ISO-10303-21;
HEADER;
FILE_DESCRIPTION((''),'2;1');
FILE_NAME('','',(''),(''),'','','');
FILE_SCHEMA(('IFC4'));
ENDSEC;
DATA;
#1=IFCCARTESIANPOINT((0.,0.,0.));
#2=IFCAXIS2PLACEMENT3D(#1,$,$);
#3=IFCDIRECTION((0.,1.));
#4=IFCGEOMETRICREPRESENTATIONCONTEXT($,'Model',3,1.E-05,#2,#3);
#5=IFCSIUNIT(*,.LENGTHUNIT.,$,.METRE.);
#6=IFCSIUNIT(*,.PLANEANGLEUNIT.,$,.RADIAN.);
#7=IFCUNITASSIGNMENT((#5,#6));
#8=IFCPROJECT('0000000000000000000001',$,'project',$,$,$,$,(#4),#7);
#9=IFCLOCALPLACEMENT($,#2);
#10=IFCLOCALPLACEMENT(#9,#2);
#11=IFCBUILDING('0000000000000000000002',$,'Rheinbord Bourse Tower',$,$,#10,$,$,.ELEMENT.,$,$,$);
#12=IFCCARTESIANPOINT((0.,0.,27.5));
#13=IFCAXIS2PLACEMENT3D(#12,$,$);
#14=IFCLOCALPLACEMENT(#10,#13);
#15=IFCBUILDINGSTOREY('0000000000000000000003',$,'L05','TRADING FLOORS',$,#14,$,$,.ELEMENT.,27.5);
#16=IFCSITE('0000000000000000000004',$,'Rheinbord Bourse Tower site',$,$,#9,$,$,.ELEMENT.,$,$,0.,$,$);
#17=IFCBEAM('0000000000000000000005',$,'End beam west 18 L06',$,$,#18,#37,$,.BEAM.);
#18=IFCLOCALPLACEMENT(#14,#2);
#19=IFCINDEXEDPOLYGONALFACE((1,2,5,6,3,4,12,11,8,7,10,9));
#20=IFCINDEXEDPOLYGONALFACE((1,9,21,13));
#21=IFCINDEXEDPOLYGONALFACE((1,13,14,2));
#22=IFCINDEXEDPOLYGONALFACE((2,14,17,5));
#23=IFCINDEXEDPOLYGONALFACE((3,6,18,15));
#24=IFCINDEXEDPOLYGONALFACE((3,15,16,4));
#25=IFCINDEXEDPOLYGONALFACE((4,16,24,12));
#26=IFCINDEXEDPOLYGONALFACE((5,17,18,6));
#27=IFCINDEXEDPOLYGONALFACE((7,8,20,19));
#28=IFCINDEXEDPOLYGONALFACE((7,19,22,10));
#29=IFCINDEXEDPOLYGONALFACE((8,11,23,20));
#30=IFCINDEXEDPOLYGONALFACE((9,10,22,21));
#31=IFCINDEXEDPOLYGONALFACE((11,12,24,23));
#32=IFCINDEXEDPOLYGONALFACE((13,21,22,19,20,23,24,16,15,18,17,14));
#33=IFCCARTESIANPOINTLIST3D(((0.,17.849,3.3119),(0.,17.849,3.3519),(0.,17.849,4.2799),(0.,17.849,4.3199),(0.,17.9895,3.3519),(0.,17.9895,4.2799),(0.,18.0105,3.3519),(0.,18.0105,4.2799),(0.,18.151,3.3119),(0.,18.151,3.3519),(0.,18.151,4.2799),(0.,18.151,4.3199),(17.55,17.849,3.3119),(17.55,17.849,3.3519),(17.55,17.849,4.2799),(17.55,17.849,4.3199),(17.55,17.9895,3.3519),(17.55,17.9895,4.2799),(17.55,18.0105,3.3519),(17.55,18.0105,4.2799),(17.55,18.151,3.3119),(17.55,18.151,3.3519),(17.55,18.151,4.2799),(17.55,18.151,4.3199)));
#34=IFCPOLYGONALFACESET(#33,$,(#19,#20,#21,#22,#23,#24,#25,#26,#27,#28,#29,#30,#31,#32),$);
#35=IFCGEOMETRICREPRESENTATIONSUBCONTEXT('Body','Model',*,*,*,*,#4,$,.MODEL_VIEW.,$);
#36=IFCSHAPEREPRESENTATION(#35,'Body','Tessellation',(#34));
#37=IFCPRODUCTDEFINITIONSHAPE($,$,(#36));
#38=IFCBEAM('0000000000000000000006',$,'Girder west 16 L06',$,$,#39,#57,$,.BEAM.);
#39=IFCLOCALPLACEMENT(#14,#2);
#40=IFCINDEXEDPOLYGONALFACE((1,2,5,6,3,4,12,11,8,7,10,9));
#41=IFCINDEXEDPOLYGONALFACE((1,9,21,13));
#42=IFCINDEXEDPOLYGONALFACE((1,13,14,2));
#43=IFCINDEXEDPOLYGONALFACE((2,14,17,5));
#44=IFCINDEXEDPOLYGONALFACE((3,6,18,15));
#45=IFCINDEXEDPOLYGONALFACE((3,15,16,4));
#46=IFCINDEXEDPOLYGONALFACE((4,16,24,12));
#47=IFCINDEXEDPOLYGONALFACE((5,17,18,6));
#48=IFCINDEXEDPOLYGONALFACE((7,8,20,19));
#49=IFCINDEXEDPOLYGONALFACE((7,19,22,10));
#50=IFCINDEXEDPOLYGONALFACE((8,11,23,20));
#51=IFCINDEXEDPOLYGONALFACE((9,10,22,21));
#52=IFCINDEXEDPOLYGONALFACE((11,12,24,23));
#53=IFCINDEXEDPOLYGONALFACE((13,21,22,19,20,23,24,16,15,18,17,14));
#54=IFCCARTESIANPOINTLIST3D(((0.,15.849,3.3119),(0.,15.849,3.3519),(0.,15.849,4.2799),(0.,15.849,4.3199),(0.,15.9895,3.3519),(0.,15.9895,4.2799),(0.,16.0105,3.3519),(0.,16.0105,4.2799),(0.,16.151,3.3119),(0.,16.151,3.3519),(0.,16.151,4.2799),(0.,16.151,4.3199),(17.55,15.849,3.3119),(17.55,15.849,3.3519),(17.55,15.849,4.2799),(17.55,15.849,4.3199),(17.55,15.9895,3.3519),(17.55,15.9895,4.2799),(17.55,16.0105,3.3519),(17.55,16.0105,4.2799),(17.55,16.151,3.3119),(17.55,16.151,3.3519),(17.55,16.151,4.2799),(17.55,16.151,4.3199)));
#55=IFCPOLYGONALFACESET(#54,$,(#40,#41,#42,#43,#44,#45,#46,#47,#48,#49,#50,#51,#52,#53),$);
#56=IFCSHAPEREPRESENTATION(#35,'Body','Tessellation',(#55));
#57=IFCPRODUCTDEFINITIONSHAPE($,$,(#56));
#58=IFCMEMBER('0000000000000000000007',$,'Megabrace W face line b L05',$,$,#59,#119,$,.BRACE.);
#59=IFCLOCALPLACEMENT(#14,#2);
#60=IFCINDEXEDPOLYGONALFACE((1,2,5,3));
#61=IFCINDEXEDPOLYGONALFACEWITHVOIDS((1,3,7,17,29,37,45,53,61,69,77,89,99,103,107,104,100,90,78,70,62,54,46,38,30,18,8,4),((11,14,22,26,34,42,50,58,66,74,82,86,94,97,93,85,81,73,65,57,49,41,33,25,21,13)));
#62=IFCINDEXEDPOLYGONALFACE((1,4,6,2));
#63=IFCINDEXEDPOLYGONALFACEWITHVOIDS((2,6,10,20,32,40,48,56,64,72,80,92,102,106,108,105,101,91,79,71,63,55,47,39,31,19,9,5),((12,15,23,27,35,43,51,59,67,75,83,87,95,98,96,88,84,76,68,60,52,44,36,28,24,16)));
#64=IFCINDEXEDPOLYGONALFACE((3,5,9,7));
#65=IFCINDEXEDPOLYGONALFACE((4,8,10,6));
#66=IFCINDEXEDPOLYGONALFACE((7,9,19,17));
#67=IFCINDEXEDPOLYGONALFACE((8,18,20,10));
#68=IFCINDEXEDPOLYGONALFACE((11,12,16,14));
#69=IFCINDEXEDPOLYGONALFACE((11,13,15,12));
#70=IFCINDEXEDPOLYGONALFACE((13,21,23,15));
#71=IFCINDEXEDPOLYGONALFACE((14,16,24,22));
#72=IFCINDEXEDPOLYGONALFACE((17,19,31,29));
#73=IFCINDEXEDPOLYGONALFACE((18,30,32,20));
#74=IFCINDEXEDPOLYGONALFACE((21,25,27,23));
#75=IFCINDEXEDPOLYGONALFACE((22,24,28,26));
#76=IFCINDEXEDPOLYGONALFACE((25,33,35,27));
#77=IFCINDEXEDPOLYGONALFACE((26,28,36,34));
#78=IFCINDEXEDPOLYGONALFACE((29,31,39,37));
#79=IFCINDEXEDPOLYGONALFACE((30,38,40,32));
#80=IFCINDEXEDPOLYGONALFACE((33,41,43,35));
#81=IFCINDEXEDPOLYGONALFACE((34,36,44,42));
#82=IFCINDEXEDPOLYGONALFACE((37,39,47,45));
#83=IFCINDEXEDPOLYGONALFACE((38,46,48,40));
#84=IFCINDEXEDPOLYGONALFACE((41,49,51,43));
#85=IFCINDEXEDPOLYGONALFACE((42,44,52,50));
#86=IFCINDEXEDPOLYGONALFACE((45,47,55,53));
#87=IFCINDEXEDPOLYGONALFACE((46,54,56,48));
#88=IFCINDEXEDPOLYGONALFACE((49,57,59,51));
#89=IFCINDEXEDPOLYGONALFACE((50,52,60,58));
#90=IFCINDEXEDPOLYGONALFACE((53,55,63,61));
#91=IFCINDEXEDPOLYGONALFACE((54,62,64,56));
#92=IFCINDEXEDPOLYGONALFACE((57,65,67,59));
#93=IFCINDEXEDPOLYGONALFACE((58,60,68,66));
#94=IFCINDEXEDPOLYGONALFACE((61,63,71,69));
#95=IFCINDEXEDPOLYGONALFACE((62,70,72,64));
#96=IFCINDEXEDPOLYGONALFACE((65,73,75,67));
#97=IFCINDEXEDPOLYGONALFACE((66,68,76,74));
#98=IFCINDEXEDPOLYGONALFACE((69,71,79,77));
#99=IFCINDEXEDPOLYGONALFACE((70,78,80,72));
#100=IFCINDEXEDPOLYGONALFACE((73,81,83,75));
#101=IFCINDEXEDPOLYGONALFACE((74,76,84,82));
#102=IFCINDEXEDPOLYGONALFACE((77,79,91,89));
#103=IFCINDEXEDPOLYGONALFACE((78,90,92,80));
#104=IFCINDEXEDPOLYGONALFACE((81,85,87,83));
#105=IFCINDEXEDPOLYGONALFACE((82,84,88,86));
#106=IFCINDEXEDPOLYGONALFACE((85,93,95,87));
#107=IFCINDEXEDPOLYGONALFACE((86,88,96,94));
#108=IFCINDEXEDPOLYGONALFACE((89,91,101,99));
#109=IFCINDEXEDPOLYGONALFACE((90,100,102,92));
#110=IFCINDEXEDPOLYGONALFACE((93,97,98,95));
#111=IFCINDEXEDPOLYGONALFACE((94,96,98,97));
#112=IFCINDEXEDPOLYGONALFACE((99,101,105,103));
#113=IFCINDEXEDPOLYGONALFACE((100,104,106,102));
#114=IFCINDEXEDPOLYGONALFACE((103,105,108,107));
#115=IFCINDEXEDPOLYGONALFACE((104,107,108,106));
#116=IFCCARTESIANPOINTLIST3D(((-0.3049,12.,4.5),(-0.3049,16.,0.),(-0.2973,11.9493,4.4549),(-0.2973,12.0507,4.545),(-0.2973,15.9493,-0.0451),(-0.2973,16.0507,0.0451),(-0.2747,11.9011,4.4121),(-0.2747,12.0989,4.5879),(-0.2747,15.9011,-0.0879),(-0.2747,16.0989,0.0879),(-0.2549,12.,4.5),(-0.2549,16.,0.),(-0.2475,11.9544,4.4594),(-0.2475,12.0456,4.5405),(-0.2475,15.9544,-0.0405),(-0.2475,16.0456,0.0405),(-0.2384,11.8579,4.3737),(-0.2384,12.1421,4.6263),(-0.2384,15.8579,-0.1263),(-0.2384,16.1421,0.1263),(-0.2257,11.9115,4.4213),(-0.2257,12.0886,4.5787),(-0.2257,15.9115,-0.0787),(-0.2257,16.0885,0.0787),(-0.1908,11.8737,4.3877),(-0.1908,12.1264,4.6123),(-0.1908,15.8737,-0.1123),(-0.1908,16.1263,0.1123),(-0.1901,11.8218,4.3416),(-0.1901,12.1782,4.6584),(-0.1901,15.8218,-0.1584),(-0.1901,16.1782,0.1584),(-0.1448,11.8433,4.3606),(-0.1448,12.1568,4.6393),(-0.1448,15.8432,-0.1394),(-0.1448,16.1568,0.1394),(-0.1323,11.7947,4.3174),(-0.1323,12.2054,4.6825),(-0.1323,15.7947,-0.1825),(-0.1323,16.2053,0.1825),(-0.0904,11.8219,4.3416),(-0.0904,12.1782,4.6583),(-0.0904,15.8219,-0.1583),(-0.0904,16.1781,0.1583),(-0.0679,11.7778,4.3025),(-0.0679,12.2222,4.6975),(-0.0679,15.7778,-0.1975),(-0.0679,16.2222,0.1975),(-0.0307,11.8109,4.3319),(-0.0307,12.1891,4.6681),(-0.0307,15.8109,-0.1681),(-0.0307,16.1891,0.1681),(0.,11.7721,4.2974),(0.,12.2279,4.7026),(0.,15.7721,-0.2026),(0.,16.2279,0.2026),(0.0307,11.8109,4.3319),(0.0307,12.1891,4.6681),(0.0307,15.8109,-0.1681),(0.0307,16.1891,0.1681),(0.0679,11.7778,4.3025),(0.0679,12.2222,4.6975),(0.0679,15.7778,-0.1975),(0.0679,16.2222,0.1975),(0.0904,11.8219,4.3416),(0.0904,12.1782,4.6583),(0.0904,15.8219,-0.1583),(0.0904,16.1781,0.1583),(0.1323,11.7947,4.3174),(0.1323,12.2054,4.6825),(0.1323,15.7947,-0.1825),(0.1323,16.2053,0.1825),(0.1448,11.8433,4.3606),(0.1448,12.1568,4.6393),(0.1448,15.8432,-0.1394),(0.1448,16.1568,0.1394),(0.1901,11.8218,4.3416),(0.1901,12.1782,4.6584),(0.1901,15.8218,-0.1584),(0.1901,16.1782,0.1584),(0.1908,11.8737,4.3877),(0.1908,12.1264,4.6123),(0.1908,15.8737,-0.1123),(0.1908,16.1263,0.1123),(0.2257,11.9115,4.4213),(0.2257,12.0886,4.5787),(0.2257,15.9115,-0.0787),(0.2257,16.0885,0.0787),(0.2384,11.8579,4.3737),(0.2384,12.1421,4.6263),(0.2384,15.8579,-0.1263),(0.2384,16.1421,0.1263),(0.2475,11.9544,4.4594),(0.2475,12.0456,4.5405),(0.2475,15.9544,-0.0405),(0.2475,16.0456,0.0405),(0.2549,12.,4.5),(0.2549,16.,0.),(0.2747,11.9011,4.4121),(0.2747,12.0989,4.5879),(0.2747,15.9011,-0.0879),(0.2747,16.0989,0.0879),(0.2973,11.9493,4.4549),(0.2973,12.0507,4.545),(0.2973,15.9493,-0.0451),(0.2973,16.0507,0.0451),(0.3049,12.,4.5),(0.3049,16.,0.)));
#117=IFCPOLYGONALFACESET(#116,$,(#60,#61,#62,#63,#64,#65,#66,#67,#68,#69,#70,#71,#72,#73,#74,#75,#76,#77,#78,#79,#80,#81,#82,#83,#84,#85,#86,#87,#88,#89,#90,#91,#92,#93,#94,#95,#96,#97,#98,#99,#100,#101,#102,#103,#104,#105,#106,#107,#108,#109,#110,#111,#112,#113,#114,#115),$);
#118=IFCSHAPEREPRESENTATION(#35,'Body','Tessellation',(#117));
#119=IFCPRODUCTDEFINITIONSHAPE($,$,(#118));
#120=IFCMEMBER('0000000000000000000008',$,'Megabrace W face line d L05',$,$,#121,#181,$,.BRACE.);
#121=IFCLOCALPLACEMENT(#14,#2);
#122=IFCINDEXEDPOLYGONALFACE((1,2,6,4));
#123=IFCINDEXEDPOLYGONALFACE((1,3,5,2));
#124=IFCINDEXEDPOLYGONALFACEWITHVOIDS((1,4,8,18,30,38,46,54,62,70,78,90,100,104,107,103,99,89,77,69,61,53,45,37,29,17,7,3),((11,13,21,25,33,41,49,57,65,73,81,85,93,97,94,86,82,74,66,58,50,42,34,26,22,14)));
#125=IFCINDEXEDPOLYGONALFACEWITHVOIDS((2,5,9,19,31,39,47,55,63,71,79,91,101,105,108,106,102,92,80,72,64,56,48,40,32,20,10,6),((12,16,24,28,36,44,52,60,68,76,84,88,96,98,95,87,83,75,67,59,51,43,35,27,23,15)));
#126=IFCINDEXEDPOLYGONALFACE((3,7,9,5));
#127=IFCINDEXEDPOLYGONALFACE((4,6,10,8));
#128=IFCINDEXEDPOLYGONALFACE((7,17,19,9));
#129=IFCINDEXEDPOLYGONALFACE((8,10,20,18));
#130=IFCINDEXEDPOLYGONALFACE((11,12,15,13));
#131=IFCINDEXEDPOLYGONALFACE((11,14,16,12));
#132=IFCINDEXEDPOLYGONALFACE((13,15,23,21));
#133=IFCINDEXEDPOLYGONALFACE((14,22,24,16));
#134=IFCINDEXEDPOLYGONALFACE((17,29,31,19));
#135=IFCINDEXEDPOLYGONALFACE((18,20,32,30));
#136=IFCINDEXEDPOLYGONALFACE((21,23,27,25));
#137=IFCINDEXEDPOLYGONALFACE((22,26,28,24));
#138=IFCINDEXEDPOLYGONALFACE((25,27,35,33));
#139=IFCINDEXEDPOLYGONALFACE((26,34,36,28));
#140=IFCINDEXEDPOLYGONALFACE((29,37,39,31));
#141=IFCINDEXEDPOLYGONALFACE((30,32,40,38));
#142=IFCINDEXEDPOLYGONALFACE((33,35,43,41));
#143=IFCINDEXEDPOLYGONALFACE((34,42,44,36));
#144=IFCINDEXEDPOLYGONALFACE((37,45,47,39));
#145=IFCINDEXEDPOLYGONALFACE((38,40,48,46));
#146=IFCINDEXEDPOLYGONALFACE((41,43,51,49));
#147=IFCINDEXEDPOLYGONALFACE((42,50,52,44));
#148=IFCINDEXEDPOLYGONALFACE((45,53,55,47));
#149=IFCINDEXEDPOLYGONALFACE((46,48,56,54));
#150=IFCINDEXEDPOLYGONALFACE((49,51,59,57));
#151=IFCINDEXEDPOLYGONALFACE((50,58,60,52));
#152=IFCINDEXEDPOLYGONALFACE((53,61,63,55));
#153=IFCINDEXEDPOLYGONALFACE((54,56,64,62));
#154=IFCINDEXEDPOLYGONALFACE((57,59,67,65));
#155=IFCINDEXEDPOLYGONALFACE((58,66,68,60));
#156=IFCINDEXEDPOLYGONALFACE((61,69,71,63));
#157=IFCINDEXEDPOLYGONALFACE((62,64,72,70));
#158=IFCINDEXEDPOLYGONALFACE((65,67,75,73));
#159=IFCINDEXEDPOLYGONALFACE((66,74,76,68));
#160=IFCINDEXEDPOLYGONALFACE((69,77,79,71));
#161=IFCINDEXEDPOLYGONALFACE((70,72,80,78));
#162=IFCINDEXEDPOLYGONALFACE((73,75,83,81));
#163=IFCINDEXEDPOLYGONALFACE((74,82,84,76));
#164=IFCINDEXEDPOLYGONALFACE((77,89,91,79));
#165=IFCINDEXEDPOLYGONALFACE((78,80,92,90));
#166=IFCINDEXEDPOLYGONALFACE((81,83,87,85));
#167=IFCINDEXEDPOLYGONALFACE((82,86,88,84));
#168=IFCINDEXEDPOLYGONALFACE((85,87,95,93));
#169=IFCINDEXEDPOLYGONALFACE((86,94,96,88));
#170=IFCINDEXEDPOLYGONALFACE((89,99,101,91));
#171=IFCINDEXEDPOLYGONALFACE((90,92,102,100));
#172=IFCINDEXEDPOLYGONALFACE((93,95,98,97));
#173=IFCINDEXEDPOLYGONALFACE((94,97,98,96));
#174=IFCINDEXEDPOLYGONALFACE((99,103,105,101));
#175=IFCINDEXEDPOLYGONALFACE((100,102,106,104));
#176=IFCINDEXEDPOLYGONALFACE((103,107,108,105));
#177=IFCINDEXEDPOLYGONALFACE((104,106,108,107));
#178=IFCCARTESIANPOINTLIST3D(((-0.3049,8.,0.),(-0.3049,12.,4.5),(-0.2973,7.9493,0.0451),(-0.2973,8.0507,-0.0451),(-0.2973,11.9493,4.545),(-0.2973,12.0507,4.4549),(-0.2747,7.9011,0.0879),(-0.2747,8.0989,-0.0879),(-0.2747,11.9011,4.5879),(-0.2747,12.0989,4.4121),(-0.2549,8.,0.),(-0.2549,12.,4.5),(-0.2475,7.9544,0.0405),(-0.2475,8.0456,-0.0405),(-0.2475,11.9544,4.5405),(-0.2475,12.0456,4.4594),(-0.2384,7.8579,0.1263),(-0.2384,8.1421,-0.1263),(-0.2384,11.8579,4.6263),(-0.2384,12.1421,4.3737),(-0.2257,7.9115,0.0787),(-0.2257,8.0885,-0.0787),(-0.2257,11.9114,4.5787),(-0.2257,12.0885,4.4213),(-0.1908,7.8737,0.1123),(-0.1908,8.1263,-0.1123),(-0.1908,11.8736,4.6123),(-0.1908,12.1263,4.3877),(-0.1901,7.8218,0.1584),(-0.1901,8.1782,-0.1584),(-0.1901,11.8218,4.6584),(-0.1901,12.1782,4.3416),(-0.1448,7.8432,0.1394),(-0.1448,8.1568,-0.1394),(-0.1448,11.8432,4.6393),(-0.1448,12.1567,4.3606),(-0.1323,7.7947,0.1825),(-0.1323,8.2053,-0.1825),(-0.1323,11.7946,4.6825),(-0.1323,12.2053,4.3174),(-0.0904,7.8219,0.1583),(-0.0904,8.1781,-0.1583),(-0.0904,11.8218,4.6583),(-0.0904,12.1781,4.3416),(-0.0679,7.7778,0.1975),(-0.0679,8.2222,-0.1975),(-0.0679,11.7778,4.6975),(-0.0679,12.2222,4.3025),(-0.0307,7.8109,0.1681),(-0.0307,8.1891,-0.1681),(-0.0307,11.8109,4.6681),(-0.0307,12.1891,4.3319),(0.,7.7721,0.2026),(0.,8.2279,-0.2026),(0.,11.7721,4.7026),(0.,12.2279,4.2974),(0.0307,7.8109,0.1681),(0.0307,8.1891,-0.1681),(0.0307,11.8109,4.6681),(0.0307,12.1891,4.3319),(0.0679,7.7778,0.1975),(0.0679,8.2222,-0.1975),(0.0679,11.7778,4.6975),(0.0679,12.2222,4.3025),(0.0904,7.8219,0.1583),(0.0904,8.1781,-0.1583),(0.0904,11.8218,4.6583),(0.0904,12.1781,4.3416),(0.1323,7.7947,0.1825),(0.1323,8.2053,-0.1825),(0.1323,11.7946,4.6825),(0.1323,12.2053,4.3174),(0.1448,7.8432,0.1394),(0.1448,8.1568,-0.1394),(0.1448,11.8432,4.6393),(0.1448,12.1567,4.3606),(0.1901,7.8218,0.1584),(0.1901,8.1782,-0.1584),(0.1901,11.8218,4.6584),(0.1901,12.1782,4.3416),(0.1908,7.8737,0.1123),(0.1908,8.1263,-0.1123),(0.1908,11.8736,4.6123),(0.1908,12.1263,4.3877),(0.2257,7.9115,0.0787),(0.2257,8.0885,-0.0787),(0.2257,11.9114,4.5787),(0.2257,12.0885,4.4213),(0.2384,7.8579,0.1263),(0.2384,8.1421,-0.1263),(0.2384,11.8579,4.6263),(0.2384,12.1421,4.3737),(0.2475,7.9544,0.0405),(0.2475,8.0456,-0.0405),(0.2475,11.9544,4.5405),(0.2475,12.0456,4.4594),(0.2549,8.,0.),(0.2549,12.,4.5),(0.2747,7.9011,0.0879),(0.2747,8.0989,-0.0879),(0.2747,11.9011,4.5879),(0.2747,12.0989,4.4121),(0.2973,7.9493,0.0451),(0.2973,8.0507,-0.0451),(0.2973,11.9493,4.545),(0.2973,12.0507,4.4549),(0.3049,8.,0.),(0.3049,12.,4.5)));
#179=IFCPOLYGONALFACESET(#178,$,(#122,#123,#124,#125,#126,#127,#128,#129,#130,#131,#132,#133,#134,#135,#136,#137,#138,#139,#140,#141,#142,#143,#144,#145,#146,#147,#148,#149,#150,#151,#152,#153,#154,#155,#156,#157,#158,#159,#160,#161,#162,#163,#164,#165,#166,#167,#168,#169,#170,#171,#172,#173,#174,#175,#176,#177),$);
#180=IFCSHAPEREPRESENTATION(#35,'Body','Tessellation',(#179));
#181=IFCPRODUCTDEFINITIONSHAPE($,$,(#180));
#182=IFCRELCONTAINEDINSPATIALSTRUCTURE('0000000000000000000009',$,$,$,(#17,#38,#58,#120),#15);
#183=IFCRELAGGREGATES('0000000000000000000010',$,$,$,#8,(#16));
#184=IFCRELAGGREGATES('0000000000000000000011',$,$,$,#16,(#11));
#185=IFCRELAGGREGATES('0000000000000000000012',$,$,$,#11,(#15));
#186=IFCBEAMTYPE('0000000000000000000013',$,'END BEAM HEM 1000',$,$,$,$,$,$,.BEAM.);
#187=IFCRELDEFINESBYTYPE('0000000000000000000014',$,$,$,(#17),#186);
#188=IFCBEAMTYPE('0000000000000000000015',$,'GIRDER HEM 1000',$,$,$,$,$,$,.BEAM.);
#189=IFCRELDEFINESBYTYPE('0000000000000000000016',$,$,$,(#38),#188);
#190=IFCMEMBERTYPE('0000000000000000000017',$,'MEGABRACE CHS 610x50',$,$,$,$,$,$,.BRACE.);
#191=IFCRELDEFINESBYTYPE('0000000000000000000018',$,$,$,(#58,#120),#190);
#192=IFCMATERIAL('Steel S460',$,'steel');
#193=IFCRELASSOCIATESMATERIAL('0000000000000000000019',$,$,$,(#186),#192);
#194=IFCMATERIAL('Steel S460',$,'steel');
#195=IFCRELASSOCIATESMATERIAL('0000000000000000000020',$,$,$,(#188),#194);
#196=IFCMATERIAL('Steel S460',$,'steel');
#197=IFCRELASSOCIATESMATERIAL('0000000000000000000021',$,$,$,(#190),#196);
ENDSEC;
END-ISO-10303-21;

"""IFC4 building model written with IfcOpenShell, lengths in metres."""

from ifc_helpers import new_model, si_unit, direction, frame, origin, origin_2d, place, context, subcontext, project, spatial, hollow_circle, i_section, extrude, material, material_profile, profile_set, type_object, element, save


model = new_model("IFC4")

# Units and contexts
model_context = context("Model", 3, precision=1e-05, world=origin(), true_north=direction((0.0, 1.0)))
body_context = subcontext(model_context, "Body", "Model", "MODEL_VIEW")
ifc_project = project(units=[si_unit("LENGTHUNIT", "METRE"), si_unit("PLANEANGLEUNIT", "RADIAN")], contexts=[model_context])

# Site, building, storey
site_placement = place(None, origin())
site = spatial("IfcSite", under=ifc_project, at=site_placement, Name="Rheinbord Bourse Tower site", CompositionType="ELEMENT", RefElevation=0.0)
building_placement = place(site_placement, origin())
building = spatial("IfcBuilding", under=site, at=building_placement, Name="Rheinbord Bourse Tower", CompositionType="ELEMENT")
storey_placement = place(building_placement, frame((0.0, 0.0, 27.5)))
storey = spatial("IfcBuildingStorey", under=building, at=storey_placement, Name="L05", Description="TRADING FLOORS", CompositionType="ELEMENT", Elevation=27.5)

# Beams
ifc_material_1 = material(Name="Steel S460", Category="steel")
ifc_material_profile_1 = material_profile(ifc_material_1, i_section(OverallWidth=0.302, OverallDepth=1.0081, WebThickness=0.021, FlangeThickness=0.04, at=origin_2d()), Name="HEM 1000")
ifc_profile_set_1 = profile_set([ifc_material_profile_1], Name="Steel S460")
beam_type_1 = type_object("IfcBeamType", Name="END BEAM HEM 1000", PredefinedType="BEAM", material=ifc_profile_set_1)
beam_1_placement = place(storey_placement, frame((0.0, 18.0, 3.8159), z_axis=(1.0, 0.0, 0.0), x_axis=(0.0, 1.0, 0.0)))
element("IfcBeam", 1, at=beam_1_placement, inside=storey, type_object=beam_type_1, Name="End beam west 18 L06", PredefinedType="BEAM", context=body_context, shape_type="SweptSolid", body=[
    extrude(i_section(OverallWidth=0.302, OverallDepth=1.0081, WebThickness=0.021, FlangeThickness=0.04, at=origin_2d()), origin(), (0.0, 0.0, 1.0), 17.55),
])
ifc_material_2 = material(Name="Steel S460", Category="steel")
ifc_material_profile_2 = material_profile(ifc_material_2, i_section(OverallWidth=0.302, OverallDepth=1.0081, WebThickness=0.021, FlangeThickness=0.04, at=origin_2d()), Name="HEM 1000")
ifc_profile_set_2 = profile_set([ifc_material_profile_2], Name="Steel S460")
beam_type_2 = type_object("IfcBeamType", Name="GIRDER HEM 1000", PredefinedType="BEAM", material=ifc_profile_set_2)
beam_2_placement = place(storey_placement, frame((0.0, 16.0, 3.8159), z_axis=(1.0, 0.0, 0.0), x_axis=(0.0, 1.0, 0.0)))
element("IfcBeam", 2, at=beam_2_placement, inside=storey, type_object=beam_type_2, Name="Girder west 16 L06", PredefinedType="BEAM", context=body_context, shape_type="SweptSolid", body=[
    extrude(i_section(OverallWidth=0.302, OverallDepth=1.0081, WebThickness=0.021, FlangeThickness=0.04, at=origin_2d()), origin(), (0.0, 0.0, 1.0), 17.55),
])

# Members
ifc_material_3 = material(Name="Steel S460", Category="steel")
ifc_material_profile_3 = material_profile(ifc_material_3, hollow_circle(Radius=0.3049, WallThickness=0.05, at=origin_2d()), Name="CHS 610x50")
ifc_profile_set_3 = profile_set([ifc_material_profile_3], Name="Steel S460")
member_type_1 = type_object("IfcMemberType", Name="MEGABRACE CHS 610x50", PredefinedType="BRACE", material=ifc_profile_set_3)
for number, where, z_axis, x_axis, name in (
    (3, (0.0, 16.0, 0.0), (0.0, -0.664364, 0.747409), (1.0, 0.0, 0.0), "Megabrace W face line b L05"),
    (4, (0.0, 8.0, 0.0), (0.0, 0.664364, 0.747409), (-1.0, 0.0, 0.0), "Megabrace W face line d L05"),
):
    element("IfcMember", number, at=place(storey_placement, frame(where, z_axis=z_axis, x_axis=x_axis)), inside=storey, type_object=member_type_1, Name=name, PredefinedType="BRACE", context=body_context, shape_type="SweptSolid", body=[
        extrude(hollow_circle(Radius=0.3049, WallThickness=0.05, at=origin_2d()), origin(), (0.0, 0.0, 1.0), 6.0208),
    ])

save(model, "model.ifc")
